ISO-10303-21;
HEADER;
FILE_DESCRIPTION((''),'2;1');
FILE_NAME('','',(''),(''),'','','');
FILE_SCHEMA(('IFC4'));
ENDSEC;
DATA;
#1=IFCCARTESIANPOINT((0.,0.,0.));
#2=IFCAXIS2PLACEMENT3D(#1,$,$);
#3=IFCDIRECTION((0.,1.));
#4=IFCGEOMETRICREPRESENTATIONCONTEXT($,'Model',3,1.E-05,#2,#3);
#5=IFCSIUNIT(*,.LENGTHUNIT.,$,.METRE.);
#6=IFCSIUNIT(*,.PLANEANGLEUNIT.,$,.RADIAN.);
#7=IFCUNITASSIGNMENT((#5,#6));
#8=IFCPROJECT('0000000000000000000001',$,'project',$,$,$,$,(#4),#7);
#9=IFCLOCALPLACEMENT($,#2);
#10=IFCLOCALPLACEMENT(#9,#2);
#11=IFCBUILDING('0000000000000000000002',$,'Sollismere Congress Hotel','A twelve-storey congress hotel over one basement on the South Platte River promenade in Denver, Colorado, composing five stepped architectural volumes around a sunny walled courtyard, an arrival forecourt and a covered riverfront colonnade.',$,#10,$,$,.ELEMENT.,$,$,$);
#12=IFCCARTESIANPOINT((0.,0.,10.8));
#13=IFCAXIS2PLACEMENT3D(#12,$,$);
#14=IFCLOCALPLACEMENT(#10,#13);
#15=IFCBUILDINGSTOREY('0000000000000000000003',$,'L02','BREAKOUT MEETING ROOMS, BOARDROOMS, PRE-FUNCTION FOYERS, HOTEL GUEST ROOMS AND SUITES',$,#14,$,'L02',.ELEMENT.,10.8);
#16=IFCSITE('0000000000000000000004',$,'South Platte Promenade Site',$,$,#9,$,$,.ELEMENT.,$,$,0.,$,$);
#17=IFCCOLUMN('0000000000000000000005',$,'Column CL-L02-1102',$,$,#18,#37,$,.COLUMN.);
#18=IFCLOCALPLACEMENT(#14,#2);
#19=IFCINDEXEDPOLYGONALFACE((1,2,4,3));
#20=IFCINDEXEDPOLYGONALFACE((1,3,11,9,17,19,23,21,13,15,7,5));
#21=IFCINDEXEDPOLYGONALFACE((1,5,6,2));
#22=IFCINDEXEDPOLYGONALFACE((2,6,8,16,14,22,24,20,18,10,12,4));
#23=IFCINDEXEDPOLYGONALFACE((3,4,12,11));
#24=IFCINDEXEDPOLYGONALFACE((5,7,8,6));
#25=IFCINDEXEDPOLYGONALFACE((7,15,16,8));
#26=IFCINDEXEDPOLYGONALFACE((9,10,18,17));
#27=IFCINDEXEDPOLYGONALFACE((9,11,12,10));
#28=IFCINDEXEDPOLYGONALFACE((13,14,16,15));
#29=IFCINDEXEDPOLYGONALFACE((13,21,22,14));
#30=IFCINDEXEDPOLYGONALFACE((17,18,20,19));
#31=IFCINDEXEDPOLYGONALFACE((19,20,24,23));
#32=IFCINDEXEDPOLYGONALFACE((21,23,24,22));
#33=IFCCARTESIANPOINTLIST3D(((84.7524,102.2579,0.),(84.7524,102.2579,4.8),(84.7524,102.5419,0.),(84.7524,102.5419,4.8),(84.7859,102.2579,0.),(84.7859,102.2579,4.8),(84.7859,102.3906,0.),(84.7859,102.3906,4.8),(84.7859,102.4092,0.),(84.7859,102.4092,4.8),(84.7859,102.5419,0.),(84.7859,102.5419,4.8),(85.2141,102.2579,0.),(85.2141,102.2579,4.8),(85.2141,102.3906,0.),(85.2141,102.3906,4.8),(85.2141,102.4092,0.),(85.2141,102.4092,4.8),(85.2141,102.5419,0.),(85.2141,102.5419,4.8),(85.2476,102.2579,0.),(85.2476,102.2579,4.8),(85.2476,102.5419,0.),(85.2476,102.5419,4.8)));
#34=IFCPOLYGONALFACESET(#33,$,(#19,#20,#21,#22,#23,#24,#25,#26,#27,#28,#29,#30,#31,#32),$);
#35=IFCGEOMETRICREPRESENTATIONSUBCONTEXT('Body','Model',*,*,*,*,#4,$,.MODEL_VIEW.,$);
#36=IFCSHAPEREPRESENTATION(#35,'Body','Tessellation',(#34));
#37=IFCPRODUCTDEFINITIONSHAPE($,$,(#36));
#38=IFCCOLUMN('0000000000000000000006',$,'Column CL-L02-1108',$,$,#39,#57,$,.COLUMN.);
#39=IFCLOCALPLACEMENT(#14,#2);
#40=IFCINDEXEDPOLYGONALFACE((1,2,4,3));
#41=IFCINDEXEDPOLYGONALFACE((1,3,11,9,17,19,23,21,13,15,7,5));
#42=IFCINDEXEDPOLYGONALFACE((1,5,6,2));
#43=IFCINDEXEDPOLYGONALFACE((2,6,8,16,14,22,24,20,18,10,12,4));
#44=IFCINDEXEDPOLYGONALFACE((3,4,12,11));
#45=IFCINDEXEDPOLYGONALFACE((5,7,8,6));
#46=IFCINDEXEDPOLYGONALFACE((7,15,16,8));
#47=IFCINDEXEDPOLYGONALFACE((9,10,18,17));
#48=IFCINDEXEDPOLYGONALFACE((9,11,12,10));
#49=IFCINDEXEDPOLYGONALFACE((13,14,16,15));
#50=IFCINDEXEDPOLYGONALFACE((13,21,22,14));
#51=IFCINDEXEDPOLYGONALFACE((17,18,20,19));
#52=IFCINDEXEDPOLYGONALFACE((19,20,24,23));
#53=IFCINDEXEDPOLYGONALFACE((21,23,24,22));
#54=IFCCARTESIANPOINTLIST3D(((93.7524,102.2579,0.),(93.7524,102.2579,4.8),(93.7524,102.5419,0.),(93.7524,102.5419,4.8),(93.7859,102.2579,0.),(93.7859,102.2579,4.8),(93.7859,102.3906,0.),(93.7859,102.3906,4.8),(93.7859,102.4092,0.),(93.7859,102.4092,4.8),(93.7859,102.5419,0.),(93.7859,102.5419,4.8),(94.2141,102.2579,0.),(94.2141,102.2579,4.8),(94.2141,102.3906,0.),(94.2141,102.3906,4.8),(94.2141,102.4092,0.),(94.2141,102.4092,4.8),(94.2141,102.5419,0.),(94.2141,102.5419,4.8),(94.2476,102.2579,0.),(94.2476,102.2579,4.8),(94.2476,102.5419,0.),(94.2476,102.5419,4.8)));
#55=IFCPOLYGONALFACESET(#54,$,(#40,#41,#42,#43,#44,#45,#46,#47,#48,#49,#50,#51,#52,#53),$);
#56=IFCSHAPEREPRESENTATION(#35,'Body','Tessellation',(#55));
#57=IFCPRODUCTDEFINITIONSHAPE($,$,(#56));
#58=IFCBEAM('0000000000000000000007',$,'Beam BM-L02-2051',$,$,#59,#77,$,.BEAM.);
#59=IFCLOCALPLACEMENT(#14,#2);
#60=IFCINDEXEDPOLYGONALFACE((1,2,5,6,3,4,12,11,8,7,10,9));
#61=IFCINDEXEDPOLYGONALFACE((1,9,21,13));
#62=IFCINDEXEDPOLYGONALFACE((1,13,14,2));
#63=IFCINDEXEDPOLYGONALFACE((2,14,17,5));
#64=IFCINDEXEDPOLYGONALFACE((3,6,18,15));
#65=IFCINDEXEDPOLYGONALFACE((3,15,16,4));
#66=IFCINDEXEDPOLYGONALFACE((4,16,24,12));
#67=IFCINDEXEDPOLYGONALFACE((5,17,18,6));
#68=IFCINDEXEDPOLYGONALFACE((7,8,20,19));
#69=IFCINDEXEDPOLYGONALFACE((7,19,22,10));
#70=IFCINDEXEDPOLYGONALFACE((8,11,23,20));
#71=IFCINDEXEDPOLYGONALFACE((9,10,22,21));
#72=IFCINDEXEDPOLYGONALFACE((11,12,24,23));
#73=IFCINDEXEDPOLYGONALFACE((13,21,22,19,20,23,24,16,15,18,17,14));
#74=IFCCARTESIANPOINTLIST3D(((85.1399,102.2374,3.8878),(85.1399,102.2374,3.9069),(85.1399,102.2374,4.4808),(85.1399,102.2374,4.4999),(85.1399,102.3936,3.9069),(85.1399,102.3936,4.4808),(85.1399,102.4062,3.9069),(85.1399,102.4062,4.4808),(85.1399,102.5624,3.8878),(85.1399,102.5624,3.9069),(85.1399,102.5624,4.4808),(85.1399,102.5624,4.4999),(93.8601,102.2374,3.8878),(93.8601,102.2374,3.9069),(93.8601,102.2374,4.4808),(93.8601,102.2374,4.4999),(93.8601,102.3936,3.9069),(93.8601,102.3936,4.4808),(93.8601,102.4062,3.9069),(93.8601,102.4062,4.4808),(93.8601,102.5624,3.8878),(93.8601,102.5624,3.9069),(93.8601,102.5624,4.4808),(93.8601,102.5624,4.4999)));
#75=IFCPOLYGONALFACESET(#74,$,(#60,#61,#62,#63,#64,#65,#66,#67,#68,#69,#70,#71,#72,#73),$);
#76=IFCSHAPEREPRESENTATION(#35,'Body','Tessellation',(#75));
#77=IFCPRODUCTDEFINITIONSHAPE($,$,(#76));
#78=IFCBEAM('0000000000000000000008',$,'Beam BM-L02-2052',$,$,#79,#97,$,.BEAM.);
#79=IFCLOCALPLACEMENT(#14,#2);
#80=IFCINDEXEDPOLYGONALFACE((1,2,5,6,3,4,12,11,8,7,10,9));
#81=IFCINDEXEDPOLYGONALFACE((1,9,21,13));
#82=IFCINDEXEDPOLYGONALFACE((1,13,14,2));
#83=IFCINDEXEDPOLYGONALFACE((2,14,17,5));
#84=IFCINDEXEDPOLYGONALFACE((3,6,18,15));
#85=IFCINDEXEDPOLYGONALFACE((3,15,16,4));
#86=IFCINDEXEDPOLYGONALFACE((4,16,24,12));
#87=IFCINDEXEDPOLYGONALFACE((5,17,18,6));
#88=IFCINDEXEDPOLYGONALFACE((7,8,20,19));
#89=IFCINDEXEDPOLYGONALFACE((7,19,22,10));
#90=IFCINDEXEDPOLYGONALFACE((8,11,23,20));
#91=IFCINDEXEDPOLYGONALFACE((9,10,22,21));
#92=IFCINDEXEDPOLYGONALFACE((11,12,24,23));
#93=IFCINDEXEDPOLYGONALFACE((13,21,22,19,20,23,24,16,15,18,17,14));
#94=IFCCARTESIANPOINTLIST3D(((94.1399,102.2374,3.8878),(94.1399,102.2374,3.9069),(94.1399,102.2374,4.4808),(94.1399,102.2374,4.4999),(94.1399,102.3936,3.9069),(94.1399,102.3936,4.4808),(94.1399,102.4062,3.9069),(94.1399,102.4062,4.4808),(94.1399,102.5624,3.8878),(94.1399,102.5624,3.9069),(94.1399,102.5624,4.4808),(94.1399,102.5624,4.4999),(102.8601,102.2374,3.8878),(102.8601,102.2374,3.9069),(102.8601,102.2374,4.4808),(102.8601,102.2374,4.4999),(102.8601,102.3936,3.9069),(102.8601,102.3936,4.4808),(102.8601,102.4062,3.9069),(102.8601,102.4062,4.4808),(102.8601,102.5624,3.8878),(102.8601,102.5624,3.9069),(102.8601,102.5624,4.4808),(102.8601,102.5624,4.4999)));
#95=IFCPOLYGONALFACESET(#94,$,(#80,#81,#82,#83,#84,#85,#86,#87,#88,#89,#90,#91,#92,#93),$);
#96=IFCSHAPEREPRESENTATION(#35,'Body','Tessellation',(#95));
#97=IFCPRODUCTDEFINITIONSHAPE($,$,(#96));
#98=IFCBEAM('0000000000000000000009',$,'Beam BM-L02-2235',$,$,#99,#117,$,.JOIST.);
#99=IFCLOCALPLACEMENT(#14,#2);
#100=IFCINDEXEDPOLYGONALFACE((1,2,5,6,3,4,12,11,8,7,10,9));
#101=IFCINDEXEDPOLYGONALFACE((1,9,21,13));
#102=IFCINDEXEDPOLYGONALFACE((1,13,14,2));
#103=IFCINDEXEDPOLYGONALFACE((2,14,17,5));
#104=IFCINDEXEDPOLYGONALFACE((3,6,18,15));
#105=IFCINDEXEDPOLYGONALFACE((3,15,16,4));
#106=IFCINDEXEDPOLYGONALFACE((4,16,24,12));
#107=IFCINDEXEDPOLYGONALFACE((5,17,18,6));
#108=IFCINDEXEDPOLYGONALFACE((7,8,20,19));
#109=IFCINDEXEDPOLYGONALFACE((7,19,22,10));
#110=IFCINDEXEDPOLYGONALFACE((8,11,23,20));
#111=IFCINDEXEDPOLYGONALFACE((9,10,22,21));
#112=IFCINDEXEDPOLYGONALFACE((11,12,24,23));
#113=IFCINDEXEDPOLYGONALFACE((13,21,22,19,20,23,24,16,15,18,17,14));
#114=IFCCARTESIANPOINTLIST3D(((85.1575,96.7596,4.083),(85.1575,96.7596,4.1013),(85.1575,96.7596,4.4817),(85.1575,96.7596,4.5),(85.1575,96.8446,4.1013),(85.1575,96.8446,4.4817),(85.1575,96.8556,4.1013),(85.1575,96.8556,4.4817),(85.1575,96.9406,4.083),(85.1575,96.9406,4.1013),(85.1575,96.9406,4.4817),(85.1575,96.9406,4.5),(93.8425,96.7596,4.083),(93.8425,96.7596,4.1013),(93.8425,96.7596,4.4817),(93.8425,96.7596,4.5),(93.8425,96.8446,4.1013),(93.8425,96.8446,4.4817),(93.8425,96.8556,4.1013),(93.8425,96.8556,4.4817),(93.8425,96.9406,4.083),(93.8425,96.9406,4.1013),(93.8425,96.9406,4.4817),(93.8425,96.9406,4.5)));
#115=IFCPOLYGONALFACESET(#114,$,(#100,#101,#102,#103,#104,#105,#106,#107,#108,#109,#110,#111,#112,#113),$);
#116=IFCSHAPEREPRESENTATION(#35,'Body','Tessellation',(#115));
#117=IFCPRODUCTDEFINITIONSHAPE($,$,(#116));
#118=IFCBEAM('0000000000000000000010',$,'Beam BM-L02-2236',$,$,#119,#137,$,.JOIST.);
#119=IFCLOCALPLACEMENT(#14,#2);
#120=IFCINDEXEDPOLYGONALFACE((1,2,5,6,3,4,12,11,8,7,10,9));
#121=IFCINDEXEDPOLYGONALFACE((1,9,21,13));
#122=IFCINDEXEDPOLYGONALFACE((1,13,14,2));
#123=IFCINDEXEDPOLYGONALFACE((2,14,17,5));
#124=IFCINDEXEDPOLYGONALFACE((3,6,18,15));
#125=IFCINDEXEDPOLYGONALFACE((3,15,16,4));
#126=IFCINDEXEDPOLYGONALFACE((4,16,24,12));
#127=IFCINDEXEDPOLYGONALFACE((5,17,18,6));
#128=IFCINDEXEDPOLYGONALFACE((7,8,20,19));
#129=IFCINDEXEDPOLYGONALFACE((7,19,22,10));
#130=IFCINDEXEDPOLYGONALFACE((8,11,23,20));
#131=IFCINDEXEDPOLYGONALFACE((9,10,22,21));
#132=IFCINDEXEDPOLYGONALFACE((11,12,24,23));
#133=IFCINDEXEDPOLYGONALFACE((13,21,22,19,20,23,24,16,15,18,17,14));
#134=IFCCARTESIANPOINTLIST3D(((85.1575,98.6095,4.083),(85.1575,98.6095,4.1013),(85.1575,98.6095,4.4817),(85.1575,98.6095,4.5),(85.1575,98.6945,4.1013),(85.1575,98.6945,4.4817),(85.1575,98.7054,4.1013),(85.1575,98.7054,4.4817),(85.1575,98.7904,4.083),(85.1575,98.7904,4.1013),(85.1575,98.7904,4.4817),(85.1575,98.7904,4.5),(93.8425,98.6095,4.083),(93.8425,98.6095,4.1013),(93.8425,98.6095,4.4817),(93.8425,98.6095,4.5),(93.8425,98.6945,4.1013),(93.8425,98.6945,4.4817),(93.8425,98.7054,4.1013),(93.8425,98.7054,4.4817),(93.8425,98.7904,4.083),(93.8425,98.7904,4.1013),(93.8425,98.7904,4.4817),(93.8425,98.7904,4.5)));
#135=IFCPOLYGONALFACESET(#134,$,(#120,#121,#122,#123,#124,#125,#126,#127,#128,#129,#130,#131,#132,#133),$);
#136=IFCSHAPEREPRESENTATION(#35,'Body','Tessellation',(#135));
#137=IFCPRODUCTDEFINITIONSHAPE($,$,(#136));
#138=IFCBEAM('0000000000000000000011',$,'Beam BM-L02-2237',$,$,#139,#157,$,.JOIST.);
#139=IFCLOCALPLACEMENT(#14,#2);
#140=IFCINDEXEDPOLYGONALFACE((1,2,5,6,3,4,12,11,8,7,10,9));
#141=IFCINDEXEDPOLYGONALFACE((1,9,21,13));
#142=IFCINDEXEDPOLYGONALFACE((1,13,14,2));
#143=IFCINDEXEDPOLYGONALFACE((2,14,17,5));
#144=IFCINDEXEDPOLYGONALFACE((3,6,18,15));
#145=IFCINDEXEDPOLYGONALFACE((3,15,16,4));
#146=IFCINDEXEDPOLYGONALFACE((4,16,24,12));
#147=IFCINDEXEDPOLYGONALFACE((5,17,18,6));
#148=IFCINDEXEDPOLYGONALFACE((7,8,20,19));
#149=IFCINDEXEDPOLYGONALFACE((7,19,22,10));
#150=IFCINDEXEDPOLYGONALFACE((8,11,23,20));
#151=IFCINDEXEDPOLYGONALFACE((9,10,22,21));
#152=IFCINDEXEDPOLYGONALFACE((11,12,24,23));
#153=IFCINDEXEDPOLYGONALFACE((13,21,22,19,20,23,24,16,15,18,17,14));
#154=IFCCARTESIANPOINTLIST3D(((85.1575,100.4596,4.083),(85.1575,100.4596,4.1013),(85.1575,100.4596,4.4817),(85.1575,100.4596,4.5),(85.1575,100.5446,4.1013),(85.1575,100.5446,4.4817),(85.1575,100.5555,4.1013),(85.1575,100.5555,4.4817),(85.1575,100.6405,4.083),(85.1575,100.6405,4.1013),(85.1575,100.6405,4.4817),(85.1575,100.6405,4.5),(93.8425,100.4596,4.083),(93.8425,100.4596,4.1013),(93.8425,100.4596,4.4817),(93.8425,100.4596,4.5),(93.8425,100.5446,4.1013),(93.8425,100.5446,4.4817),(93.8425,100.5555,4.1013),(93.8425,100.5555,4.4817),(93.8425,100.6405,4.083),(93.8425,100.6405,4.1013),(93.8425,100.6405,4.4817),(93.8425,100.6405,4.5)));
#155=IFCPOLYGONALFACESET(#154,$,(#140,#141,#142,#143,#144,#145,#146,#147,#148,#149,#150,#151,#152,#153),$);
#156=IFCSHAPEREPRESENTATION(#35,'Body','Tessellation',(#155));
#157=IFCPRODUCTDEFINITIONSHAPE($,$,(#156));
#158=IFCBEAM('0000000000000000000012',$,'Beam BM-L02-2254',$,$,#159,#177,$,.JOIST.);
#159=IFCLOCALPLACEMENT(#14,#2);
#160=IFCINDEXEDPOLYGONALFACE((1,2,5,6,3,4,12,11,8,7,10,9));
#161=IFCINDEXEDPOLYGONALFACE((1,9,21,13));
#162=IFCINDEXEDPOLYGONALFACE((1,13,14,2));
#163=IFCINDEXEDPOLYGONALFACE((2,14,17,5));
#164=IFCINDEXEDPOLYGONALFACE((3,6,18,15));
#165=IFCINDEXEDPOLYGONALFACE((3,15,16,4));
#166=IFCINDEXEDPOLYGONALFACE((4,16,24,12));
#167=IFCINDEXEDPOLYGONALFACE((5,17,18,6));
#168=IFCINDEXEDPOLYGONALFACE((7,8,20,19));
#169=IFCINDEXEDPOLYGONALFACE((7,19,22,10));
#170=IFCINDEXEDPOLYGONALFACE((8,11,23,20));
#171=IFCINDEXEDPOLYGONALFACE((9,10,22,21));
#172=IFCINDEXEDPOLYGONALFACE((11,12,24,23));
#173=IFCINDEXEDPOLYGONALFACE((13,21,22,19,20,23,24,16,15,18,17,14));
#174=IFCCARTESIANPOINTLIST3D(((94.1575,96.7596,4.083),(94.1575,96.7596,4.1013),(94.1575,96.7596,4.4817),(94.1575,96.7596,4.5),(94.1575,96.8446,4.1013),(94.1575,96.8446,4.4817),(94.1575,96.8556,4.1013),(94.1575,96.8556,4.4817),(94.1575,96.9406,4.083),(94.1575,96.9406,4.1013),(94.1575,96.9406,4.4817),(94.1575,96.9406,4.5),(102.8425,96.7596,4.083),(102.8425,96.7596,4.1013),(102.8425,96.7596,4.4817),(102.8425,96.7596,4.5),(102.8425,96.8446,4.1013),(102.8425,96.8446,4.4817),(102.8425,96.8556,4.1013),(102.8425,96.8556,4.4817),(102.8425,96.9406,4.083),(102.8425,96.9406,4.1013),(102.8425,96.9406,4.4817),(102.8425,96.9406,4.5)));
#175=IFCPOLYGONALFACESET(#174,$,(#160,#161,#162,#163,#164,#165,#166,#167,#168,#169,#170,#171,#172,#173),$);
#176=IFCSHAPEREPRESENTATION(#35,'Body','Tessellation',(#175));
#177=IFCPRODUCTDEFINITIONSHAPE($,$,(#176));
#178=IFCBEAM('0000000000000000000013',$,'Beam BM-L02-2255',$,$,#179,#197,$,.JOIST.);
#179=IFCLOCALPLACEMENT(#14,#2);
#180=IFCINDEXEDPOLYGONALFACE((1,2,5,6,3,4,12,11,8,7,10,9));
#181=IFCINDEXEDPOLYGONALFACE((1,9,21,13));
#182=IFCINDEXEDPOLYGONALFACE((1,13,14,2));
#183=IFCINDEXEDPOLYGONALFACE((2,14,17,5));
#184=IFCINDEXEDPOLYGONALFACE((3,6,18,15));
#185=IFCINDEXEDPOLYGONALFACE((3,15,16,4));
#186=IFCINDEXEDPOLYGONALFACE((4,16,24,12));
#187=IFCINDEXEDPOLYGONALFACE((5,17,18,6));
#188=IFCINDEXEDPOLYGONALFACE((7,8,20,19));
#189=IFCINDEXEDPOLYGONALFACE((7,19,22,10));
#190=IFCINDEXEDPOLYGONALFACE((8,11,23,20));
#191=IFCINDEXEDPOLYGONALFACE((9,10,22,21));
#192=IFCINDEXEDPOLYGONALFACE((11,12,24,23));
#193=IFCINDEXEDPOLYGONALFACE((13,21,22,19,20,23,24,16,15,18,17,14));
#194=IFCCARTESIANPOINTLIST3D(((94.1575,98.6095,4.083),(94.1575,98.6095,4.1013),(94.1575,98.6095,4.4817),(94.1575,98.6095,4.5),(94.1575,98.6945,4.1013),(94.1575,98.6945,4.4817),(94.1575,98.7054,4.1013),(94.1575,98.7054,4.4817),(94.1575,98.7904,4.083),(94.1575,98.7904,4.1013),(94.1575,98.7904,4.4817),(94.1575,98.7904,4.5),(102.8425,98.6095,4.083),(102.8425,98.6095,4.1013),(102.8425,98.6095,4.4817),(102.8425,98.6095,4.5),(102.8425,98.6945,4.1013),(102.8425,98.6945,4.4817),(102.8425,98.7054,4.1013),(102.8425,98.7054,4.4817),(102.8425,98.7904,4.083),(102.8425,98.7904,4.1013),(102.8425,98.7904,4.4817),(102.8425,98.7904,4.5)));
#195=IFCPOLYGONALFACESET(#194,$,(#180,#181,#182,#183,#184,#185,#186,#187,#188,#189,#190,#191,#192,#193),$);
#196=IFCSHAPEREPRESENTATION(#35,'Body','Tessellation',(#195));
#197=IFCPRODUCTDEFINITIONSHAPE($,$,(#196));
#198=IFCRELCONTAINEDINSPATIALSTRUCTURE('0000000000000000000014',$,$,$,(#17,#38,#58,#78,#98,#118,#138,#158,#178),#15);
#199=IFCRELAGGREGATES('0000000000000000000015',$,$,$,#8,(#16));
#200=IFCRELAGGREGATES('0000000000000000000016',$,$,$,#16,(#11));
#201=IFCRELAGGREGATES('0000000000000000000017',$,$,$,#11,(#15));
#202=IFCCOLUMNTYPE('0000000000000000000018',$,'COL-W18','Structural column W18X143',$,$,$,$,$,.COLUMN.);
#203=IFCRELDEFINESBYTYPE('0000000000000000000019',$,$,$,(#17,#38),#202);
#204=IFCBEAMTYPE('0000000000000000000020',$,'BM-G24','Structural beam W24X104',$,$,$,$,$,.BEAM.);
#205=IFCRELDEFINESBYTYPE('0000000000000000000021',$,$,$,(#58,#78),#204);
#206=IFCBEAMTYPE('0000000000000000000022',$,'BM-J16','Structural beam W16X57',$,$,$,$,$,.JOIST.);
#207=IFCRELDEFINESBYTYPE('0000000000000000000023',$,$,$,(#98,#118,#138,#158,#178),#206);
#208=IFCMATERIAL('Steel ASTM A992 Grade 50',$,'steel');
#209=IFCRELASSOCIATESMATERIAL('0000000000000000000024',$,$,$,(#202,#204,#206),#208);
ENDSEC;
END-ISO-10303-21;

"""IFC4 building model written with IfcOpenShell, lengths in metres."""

from ifc_helpers import new_model, si_unit, direction, frame, origin, origin_2d, place, context, subcontext, project, spatial, i_section, extrude, material, material_profile, profile_set, type_object, element, save


model = new_model("IFC4")

# Units and contexts
model_context = context("Model", 3, precision=1e-05, world=origin(), true_north=direction((0.0, 1.0)))
body_context = subcontext(model_context, "Body", "Model", "MODEL_VIEW")
ifc_project = project(units=[si_unit("LENGTHUNIT", "METRE"), si_unit("PLANEANGLEUNIT", "RADIAN")], contexts=[model_context])

# Site, building, storey
site_placement = place(None, origin())
site = spatial("IfcSite", under=ifc_project, at=site_placement, Name="South Platte Promenade Site", CompositionType="ELEMENT", RefElevation=0.0)
building_placement = place(site_placement, origin())
building = spatial("IfcBuilding", under=site, at=building_placement, Name="Sollismere Congress Hotel", Description="A twelve-storey congress hotel over one basement on the South Platte River promenade in Denver, Colorado, composing five stepped architectural volumes around a sunny walled courtyard, an arrival forecourt and a covered riverfront colonnade.", CompositionType="ELEMENT")
storey_placement = place(building_placement, frame((0.0, 0.0, 10.8)))
storey = spatial("IfcBuildingStorey", under=building, at=storey_placement, Name="L02", Description="BREAKOUT MEETING ROOMS, BOARDROOMS, PRE-FUNCTION FOYERS, HOTEL GUEST ROOMS AND SUITES", LongName="L02", CompositionType="ELEMENT", Elevation=10.8)

# Columns
ifc_material_1 = material(Name="Steel ASTM A992 Grade 50", Category="steel")
ifc_material_profile_1 = material_profile(ifc_material_1, i_section(OverallWidth=0.2839, OverallDepth=0.4951, WebThickness=0.0186, FlangeThickness=0.0334, at=origin_2d()), Name="W18X143")
ifc_profile_set_1 = profile_set([ifc_material_profile_1], Name="Steel ASTM A992 Grade 50")
column_type = type_object("IfcColumnType", Name="COL-W18", Description="Structural column W18X143", PredefinedType="COLUMN", material=ifc_profile_set_1)
for number, where, z_axis, x_axis, name in (
    (1, (85.0, 102.3999, 0.0), (0.0, 0.0, 1.0), (0.0, 1.0, 0.0), "Column CL-L02-1102"),
    (2, (94.0, 102.3999, 0.0), (0.0, 0.0, 1.0), (0.0, 1.0, 0.0), "Column CL-L02-1108"),
):
    element("IfcColumn", number, at=place(storey_placement, frame(where, z_axis=z_axis, x_axis=x_axis)), inside=storey, type_object=column_type, Name=name, PredefinedType="COLUMN", context=body_context, shape_type="SweptSolid", body=[
        extrude(i_section(OverallWidth=0.2839, OverallDepth=0.4951, WebThickness=0.0186, FlangeThickness=0.0334, at=origin_2d()), origin(), (0.0, 0.0, 1.0), 4.8),
    ])

# Beams
ifc_material_profile_2 = material_profile(ifc_material_1, i_section(OverallWidth=0.325, OverallDepth=0.6121, WebThickness=0.0127, FlangeThickness=0.019, at=origin_2d()), Name="W24X104")
ifc_profile_set_2 = profile_set([ifc_material_profile_2], Name="Steel ASTM A992 Grade 50")
beam_type_1 = type_object("IfcBeamType", Name="BM-G24", Description="Structural beam W24X104", PredefinedType="BEAM", material=ifc_profile_set_2)
for number, where, z_axis, x_axis, name in (
    (3, (85.1399, 102.3999, 4.1938), (1.0, 0.0, 0.0), (0.0, 1.0, 0.0), "Beam BM-L02-2051"),
    (4, (94.1399, 102.3999, 4.1938), (1.0, 0.0, 0.0), (0.0, 1.0, 0.0), "Beam BM-L02-2052"),
):
    element("IfcBeam", number, at=place(storey_placement, frame(where, z_axis=z_axis, x_axis=x_axis)), inside=storey, type_object=beam_type_1, Name=name, PredefinedType="BEAM", context=body_context, shape_type="SweptSolid", body=[
        extrude(i_section(OverallWidth=0.325, OverallDepth=0.6121, WebThickness=0.0127, FlangeThickness=0.019, at=origin_2d()), origin(), (0.0, 0.0, 1.0), 8.7202),
    ])
ifc_material_profile_3 = material_profile(ifc_material_1, i_section(OverallWidth=0.1809, OverallDepth=0.417, WebThickness=0.011, FlangeThickness=0.0183, at=origin_2d()), Name="W16X57")
ifc_profile_set_3 = profile_set([ifc_material_profile_3], Name="Steel ASTM A992 Grade 50")
beam_type_2 = type_object("IfcBeamType", Name="BM-J16", Description="Structural beam W16X57", PredefinedType="JOIST", material=ifc_profile_set_3)
for number, where, z_axis, x_axis, name in (
    (5, (85.1575, 96.8501, 4.2915), (1.0, 0.0, 0.0), (0.0, 1.0, 0.0), "Beam BM-L02-2235"),
    (6, (85.1575, 98.7, 4.2915), (1.0, 0.0, 0.0), (0.0, 1.0, 0.0), "Beam BM-L02-2236"),
    (7, (85.1575, 100.55, 4.2915), (1.0, 0.0, 0.0), (0.0, 1.0, 0.0), "Beam BM-L02-2237"),
    (8, (94.1575, 96.8501, 4.2915), (1.0, 0.0, 0.0), (0.0, 1.0, 0.0), "Beam BM-L02-2254"),
    (9, (94.1575, 98.7, 4.2915), (1.0, 0.0, 0.0), (0.0, 1.0, 0.0), "Beam BM-L02-2255"),
):
    element("IfcBeam", number, at=place(storey_placement, frame(where, z_axis=z_axis, x_axis=x_axis)), inside=storey, type_object=beam_type_2, Name=name, PredefinedType="JOIST", context=body_context, shape_type="SweptSolid", body=[
        extrude(i_section(OverallWidth=0.1809, OverallDepth=0.417, WebThickness=0.011, FlangeThickness=0.0183, at=origin_2d()), origin(), (0.0, 0.0, 1.0), 8.6851),
    ])

save(model, "model.ifc")
